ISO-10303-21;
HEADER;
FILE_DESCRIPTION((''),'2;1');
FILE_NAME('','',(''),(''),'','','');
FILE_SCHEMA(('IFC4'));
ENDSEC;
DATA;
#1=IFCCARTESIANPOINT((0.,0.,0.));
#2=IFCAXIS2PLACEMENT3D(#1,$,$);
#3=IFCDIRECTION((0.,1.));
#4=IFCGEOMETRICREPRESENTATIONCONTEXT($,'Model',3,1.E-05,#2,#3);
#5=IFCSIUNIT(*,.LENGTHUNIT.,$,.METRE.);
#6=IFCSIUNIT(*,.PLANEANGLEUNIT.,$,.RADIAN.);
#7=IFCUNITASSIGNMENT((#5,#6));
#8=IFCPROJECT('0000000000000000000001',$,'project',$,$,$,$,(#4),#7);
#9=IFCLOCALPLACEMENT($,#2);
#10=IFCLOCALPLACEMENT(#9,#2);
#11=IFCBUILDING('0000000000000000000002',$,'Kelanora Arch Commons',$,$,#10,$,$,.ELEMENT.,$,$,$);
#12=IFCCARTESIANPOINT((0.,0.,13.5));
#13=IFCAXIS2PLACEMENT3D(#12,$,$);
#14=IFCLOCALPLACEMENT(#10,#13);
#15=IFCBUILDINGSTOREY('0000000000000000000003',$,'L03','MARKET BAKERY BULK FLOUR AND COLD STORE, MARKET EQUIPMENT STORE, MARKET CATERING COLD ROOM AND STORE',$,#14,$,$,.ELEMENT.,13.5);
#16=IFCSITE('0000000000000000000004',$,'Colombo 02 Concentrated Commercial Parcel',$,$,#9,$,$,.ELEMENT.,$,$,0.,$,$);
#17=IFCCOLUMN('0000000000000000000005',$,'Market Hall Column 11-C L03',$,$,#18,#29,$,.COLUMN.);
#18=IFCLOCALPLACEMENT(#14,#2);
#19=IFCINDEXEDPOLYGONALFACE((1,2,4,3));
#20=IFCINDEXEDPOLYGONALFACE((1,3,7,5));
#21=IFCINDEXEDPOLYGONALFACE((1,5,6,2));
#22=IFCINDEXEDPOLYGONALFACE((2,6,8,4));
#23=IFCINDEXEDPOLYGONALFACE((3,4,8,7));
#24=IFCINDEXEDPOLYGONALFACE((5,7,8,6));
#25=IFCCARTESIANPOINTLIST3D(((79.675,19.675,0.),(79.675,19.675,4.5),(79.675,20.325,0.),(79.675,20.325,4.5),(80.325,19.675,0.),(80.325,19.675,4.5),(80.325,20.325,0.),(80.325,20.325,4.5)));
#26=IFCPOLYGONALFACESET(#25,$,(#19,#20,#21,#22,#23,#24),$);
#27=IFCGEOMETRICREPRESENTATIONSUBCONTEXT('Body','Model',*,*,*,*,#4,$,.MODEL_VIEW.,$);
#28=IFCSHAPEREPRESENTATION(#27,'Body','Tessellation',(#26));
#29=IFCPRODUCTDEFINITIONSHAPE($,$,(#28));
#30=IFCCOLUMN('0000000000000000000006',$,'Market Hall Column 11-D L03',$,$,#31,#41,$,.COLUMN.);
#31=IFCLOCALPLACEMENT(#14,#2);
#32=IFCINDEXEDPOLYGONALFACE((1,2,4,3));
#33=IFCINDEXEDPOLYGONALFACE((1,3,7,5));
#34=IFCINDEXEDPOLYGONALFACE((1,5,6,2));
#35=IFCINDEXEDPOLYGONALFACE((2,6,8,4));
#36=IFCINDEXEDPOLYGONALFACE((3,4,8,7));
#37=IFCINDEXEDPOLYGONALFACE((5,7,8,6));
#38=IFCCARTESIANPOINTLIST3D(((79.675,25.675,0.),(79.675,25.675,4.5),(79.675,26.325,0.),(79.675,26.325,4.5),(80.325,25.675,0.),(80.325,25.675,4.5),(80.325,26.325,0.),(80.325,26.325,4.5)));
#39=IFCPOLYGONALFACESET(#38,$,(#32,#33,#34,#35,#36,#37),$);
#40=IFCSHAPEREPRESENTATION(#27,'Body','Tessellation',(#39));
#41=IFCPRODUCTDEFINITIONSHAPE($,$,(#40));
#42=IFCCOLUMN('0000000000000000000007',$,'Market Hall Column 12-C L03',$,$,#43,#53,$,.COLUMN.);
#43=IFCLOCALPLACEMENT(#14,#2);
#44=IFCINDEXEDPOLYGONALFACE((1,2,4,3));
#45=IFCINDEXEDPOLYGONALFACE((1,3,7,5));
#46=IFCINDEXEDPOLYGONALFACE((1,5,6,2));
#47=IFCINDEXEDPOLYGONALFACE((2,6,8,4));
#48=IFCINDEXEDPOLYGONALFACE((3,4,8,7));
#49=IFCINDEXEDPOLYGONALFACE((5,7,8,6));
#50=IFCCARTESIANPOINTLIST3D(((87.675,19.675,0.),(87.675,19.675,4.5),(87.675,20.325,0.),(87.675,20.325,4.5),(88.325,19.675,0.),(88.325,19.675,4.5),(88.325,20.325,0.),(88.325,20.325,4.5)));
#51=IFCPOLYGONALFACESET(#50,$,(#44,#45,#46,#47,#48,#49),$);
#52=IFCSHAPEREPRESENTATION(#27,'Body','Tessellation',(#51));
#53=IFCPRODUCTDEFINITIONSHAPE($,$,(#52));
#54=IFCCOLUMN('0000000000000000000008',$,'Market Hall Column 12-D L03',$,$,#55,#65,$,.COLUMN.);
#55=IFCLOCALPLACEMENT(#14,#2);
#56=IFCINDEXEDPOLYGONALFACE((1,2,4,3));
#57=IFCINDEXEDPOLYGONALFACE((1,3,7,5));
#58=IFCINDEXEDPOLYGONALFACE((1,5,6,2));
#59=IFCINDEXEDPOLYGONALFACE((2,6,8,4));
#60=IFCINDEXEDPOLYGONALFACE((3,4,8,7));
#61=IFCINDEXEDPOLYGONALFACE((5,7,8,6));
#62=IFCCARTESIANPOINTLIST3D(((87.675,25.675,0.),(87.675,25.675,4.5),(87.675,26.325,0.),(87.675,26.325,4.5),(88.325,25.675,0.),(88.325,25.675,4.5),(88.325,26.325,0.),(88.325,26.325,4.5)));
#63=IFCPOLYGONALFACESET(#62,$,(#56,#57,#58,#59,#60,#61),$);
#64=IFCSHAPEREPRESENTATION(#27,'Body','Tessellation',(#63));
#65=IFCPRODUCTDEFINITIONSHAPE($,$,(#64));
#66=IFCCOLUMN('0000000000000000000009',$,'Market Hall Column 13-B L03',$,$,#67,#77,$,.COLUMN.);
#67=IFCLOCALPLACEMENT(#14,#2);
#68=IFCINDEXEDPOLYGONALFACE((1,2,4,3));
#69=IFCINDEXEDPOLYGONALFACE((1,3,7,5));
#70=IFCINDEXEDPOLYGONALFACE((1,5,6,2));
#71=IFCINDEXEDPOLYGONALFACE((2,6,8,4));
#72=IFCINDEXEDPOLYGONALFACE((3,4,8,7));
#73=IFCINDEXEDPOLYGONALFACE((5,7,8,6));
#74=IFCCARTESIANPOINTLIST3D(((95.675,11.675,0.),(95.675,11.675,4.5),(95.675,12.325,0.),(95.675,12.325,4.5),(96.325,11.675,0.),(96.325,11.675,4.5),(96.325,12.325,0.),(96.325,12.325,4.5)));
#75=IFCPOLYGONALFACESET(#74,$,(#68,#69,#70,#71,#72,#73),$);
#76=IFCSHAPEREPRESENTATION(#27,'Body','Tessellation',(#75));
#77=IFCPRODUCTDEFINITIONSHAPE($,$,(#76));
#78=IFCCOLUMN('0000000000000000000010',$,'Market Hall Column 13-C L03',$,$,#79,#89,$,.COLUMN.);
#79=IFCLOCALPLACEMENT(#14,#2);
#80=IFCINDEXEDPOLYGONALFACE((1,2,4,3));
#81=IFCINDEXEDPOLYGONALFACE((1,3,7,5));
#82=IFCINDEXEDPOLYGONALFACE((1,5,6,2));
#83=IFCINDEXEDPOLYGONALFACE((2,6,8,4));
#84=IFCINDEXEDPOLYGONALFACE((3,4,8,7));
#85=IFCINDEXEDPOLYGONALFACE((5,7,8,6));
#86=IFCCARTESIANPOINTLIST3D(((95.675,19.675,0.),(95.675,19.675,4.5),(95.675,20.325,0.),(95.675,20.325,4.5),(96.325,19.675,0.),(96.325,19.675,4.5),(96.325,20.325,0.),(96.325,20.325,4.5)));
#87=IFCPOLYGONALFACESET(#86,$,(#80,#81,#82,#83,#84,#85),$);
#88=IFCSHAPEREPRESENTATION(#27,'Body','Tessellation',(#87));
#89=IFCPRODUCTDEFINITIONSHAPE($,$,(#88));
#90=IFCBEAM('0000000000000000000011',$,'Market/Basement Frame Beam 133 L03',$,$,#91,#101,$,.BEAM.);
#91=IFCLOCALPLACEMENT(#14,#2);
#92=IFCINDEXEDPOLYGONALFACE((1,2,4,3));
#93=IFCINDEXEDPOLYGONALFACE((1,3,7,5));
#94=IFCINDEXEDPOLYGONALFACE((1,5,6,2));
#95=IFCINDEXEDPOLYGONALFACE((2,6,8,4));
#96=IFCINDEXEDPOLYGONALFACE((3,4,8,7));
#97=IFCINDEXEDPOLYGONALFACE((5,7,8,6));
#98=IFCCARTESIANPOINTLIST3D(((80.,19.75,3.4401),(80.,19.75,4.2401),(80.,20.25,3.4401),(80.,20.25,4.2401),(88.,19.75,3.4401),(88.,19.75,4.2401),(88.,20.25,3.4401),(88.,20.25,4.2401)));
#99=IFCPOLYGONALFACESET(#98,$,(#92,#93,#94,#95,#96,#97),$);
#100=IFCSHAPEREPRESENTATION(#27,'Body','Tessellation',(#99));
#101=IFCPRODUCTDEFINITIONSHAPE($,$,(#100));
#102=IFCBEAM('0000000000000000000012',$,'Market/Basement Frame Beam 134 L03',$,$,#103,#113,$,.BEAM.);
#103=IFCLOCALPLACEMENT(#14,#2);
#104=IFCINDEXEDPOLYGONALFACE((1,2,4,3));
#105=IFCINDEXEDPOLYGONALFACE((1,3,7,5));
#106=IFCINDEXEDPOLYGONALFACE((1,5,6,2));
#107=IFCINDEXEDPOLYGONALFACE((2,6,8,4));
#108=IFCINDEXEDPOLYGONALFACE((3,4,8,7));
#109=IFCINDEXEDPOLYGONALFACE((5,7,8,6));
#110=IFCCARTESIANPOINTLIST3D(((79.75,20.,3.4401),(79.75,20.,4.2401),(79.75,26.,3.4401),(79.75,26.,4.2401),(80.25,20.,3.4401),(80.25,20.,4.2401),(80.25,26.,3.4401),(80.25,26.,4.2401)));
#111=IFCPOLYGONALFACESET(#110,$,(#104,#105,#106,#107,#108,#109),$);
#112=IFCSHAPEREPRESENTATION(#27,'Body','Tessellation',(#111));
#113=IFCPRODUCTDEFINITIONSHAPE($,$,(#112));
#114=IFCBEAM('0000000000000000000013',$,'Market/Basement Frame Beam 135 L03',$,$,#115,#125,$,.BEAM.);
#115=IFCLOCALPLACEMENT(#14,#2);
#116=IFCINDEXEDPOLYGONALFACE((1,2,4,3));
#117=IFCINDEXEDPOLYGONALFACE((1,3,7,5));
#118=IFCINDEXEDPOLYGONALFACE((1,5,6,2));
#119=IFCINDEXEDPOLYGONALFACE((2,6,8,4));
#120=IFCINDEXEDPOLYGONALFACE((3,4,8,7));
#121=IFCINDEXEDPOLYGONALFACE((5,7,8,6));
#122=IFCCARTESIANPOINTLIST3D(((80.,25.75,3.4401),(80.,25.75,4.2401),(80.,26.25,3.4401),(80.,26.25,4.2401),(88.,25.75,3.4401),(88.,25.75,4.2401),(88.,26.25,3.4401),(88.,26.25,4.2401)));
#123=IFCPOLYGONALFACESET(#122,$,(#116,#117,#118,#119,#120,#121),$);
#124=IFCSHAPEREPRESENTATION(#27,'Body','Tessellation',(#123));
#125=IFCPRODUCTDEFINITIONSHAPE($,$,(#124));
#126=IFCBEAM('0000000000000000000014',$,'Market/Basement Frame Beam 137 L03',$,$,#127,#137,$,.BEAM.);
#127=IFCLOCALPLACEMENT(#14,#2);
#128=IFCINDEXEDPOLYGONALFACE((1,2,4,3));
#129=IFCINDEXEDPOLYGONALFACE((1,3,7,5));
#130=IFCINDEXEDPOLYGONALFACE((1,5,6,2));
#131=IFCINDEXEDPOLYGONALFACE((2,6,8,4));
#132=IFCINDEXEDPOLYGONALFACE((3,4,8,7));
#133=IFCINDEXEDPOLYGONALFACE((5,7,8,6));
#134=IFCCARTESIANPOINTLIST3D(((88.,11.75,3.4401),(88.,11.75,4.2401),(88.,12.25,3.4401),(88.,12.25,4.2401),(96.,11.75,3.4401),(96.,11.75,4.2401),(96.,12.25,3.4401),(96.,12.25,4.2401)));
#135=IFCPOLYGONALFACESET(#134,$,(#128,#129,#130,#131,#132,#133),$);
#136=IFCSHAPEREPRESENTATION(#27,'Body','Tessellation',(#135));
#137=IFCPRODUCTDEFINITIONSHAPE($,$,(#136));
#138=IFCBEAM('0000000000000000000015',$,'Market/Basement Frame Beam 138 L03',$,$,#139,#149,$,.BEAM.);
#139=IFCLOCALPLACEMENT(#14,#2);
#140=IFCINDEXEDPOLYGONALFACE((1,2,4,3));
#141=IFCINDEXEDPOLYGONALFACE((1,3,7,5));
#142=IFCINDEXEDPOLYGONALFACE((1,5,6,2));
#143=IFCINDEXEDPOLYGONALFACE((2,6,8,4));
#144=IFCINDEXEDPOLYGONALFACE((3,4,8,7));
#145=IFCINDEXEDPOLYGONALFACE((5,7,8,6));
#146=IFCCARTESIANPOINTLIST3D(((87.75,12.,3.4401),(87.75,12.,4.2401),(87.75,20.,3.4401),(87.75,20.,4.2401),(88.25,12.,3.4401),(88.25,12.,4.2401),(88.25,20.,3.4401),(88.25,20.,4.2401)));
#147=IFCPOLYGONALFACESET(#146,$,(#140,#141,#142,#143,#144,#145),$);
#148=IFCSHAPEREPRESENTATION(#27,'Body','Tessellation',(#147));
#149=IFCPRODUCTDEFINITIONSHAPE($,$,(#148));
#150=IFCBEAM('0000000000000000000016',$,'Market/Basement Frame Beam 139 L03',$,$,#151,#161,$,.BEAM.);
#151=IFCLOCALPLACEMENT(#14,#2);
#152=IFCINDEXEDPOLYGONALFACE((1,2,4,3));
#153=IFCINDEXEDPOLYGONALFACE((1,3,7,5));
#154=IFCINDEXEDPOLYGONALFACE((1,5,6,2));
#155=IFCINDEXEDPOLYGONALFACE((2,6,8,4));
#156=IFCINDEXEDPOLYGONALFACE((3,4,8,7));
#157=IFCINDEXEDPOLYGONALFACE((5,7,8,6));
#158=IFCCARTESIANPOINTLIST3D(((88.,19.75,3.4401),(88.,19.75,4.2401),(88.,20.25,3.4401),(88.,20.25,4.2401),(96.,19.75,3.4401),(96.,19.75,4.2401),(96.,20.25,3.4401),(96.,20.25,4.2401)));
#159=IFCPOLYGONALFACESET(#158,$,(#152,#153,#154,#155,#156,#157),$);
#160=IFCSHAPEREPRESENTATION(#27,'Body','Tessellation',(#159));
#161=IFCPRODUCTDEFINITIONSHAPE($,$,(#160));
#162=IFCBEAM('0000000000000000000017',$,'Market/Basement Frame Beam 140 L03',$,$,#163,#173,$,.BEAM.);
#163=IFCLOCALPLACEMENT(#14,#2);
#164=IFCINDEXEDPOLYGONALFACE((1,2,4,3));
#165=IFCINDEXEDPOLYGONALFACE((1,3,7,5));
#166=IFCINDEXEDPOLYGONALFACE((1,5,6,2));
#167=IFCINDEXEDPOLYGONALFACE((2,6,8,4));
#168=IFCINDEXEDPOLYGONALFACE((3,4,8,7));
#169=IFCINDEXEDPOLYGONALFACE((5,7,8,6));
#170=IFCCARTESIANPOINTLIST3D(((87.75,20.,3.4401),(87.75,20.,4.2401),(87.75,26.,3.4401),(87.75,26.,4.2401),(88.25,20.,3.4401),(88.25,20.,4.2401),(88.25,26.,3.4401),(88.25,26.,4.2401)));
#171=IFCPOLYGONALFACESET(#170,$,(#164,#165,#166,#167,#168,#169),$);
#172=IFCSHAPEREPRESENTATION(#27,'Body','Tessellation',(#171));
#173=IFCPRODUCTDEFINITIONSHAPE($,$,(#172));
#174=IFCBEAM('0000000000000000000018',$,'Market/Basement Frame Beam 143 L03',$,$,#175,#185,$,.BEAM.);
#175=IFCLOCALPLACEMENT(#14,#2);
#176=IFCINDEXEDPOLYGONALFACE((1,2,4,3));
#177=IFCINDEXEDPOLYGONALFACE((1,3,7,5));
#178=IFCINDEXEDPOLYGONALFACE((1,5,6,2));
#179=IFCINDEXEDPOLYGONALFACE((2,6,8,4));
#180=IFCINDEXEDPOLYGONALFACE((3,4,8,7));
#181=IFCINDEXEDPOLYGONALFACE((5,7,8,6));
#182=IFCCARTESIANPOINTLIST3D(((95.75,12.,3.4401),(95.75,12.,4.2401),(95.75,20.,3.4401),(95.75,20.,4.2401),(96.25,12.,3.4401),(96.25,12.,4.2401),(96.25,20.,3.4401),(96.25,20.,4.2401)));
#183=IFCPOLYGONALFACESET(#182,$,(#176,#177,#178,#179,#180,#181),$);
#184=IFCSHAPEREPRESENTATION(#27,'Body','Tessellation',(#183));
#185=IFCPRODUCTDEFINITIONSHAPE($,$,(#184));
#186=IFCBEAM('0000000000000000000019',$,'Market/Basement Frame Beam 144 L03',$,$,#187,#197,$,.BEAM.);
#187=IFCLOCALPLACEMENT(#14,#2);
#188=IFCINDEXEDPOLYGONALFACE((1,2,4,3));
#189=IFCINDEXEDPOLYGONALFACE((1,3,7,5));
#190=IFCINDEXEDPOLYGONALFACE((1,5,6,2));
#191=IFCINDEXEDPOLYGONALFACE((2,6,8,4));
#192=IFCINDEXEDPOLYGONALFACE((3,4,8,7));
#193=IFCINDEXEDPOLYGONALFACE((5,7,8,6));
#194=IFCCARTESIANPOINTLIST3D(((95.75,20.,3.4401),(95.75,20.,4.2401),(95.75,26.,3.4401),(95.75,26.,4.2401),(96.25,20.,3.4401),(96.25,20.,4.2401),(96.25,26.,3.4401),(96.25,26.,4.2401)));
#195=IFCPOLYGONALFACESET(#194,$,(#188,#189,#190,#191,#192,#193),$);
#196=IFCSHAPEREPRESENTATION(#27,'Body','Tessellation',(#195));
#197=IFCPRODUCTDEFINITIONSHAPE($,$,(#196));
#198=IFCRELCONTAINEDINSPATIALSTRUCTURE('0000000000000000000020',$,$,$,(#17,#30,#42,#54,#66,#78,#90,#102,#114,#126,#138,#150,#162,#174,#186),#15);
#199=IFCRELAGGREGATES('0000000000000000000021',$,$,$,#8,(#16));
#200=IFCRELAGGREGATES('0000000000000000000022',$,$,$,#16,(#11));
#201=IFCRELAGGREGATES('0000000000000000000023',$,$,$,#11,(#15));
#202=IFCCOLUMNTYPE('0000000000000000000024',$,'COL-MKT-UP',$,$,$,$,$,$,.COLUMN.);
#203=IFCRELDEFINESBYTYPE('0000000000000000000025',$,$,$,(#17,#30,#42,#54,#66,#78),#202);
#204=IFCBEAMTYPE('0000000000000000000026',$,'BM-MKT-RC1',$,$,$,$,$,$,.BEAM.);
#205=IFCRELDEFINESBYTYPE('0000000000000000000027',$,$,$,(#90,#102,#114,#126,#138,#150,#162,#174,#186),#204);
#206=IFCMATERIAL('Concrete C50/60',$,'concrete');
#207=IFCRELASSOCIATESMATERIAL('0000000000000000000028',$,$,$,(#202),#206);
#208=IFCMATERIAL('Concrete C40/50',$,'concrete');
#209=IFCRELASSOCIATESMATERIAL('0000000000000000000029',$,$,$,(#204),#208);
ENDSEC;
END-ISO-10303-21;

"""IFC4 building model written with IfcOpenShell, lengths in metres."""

from ifc_helpers import new_model, si_unit, direction, frame, origin, origin_2d, place, context, subcontext, project, spatial, rectangle, extrude, material, material_profile, profile_set, type_object, element, save


model = new_model("IFC4")

# Units and contexts
model_context = context("Model", 3, precision=1e-05, world=origin(), true_north=direction((0.0, 1.0)))
body_context = subcontext(model_context, "Body", "Model", "MODEL_VIEW")
ifc_project = project(units=[si_unit("LENGTHUNIT", "METRE"), si_unit("PLANEANGLEUNIT", "RADIAN")], contexts=[model_context])

# Site, building, storey
site_placement = place(None, origin())
site = spatial("IfcSite", under=ifc_project, at=site_placement, Name="Colombo 02 Concentrated Commercial Parcel", CompositionType="ELEMENT", RefElevation=0.0)
building_placement = place(site_placement, origin())
building = spatial("IfcBuilding", under=site, at=building_placement, Name="Kelanora Arch Commons", CompositionType="ELEMENT")
storey_placement = place(building_placement, frame((0.0, 0.0, 13.5)))
storey = spatial("IfcBuildingStorey", under=building, at=storey_placement, Name="L03", Description="MARKET BAKERY BULK FLOUR AND COLD STORE, MARKET EQUIPMENT STORE, MARKET CATERING COLD ROOM AND STORE", CompositionType="ELEMENT", Elevation=13.5)

# Columns
ifc_material_1 = material(Name="Concrete C50/60", Category="concrete")
ifc_material_profile_1 = material_profile(ifc_material_1, rectangle(XDim=0.6499, YDim=0.6499, at=origin_2d()), Name="RC650x650")
ifc_profile_set_1 = profile_set([ifc_material_profile_1], Name="Concrete C50/60")
column_type = type_object("IfcColumnType", Name="COL-MKT-UP", PredefinedType="COLUMN", material=ifc_profile_set_1)
for number, where, z_axis, x_axis, name in (
    (1, (80.0, 20.0, 0.0), (0.0, 0.0, 1.0), (1.0, 0.0, 0.0), "Market Hall Column 11-C L03"),
    (2, (80.0, 26.0, 0.0), (0.0, 0.0, 1.0), (1.0, 0.0, 0.0), "Market Hall Column 11-D L03"),
    (3, (88.0, 20.0, 0.0), (0.0, 0.0, 1.0), (1.0, 0.0, 0.0), "Market Hall Column 12-C L03"),
    (4, (88.0, 26.0, 0.0), (0.0, 0.0, 1.0), (1.0, 0.0, 0.0), "Market Hall Column 12-D L03"),
    (5, (96.0, 12.0, 0.0), (0.0, 0.0, 1.0), (1.0, 0.0, 0.0), "Market Hall Column 13-B L03"),
    (6, (96.0, 20.0, 0.0), (0.0, 0.0, 1.0), (1.0, 0.0, 0.0), "Market Hall Column 13-C L03"),
):
    element("IfcColumn", number, at=place(storey_placement, frame(where, z_axis=z_axis, x_axis=x_axis)), inside=storey, type_object=column_type, Name=name, PredefinedType="COLUMN", context=body_context, shape_type="SweptSolid", body=[
        extrude(rectangle(XDim=0.6499, YDim=0.6499, at=origin_2d()), origin(), (0.0, 0.0, 1.0), 4.5),
    ])

# Beams
ifc_material_2 = material(Name="Concrete C40/50", Category="concrete")
ifc_material_profile_2 = material_profile(ifc_material_2, rectangle(XDim=0.5, YDim=0.8, at=origin_2d()), Name="RCB500x800")
ifc_profile_set_2 = profile_set([ifc_material_profile_2], Name="Concrete C40/50")
beam_type = type_object("IfcBeamType", Name="BM-MKT-RC1", PredefinedType="BEAM", material=ifc_profile_set_2)
beam_1_placement = place(storey_placement, frame((80.0, 20.0, 3.8401), z_axis=(1.0, 0.0, 0.0), x_axis=(0.0, 1.0, 0.0)))
element("IfcBeam", 7, at=beam_1_placement, inside=storey, type_object=beam_type, Name="Market/Basement Frame Beam 133 L03", PredefinedType="BEAM", context=body_context, shape_type="SweptSolid", body=[
    extrude(rectangle(XDim=0.5, YDim=0.8, at=origin_2d()), origin(), (0.0, 0.0, 1.0), 8.0),
])
beam_2_placement = place(storey_placement, frame((80.0, 20.0, 3.8401), z_axis=(0.0, 1.0, 0.0), x_axis=(-1.0, 0.0, 0.0)))
element("IfcBeam", 8, at=beam_2_placement, inside=storey, type_object=beam_type, Name="Market/Basement Frame Beam 134 L03", PredefinedType="BEAM", context=body_context, shape_type="SweptSolid", body=[
    extrude(rectangle(XDim=0.5, YDim=0.8, at=origin_2d()), origin(), (0.0, 0.0, 1.0), 6.0),
])
for number, where, z_axis, x_axis, name in (
    (9, (80.0, 26.0, 3.8401), (1.0, 0.0, 0.0), (0.0, 1.0, 0.0), "Market/Basement Frame Beam 135 L03"),
    (10, (88.0, 12.0, 3.8401), (1.0, 0.0, 0.0), (0.0, 1.0, 0.0), "Market/Basement Frame Beam 137 L03"),
    (11, (88.0, 12.0, 3.8401), (0.0, 1.0, 0.0), (-1.0, 0.0, 0.0), "Market/Basement Frame Beam 138 L03"),
    (12, (88.0, 20.0, 3.8401), (1.0, 0.0, 0.0), (0.0, 1.0, 0.0), "Market/Basement Frame Beam 139 L03"),
):
    element("IfcBeam", number, at=place(storey_placement, frame(where, z_axis=z_axis, x_axis=x_axis)), inside=storey, type_object=beam_type, Name=name, PredefinedType="BEAM", context=body_context, shape_type="SweptSolid", body=[
        extrude(rectangle(XDim=0.5, YDim=0.8, at=origin_2d()), origin(), (0.0, 0.0, 1.0), 8.0),
    ])
beam_3_placement = place(storey_placement, frame((88.0, 20.0, 3.8401), z_axis=(0.0, 1.0, 0.0), x_axis=(-1.0, 0.0, 0.0)))
element("IfcBeam", 13, at=beam_3_placement, inside=storey, type_object=beam_type, Name="Market/Basement Frame Beam 140 L03", PredefinedType="BEAM", context=body_context, shape_type="SweptSolid", body=[
    extrude(rectangle(XDim=0.5, YDim=0.8, at=origin_2d()), origin(), (0.0, 0.0, 1.0), 6.0),
])
beam_4_placement = place(storey_placement, frame((96.0, 12.0, 3.8401), z_axis=(0.0, 1.0, 0.0), x_axis=(-1.0, 0.0, 0.0)))
element("IfcBeam", 14, at=beam_4_placement, inside=storey, type_object=beam_type, Name="Market/Basement Frame Beam 143 L03", PredefinedType="BEAM", context=body_context, shape_type="SweptSolid", body=[
    extrude(rectangle(XDim=0.5, YDim=0.8, at=origin_2d()), origin(), (0.0, 0.0, 1.0), 8.0),
])
beam_5_placement = place(storey_placement, frame((96.0, 20.0, 3.8401), z_axis=(0.0, 1.0, 0.0), x_axis=(-1.0, 0.0, 0.0)))
element("IfcBeam", 15, at=beam_5_placement, inside=storey, type_object=beam_type, Name="Market/Basement Frame Beam 144 L03", PredefinedType="BEAM", context=body_context, shape_type="SweptSolid", body=[
    extrude(rectangle(XDim=0.5, YDim=0.8, at=origin_2d()), origin(), (0.0, 0.0, 1.0), 6.0),
])

save(model, "model.ifc")
